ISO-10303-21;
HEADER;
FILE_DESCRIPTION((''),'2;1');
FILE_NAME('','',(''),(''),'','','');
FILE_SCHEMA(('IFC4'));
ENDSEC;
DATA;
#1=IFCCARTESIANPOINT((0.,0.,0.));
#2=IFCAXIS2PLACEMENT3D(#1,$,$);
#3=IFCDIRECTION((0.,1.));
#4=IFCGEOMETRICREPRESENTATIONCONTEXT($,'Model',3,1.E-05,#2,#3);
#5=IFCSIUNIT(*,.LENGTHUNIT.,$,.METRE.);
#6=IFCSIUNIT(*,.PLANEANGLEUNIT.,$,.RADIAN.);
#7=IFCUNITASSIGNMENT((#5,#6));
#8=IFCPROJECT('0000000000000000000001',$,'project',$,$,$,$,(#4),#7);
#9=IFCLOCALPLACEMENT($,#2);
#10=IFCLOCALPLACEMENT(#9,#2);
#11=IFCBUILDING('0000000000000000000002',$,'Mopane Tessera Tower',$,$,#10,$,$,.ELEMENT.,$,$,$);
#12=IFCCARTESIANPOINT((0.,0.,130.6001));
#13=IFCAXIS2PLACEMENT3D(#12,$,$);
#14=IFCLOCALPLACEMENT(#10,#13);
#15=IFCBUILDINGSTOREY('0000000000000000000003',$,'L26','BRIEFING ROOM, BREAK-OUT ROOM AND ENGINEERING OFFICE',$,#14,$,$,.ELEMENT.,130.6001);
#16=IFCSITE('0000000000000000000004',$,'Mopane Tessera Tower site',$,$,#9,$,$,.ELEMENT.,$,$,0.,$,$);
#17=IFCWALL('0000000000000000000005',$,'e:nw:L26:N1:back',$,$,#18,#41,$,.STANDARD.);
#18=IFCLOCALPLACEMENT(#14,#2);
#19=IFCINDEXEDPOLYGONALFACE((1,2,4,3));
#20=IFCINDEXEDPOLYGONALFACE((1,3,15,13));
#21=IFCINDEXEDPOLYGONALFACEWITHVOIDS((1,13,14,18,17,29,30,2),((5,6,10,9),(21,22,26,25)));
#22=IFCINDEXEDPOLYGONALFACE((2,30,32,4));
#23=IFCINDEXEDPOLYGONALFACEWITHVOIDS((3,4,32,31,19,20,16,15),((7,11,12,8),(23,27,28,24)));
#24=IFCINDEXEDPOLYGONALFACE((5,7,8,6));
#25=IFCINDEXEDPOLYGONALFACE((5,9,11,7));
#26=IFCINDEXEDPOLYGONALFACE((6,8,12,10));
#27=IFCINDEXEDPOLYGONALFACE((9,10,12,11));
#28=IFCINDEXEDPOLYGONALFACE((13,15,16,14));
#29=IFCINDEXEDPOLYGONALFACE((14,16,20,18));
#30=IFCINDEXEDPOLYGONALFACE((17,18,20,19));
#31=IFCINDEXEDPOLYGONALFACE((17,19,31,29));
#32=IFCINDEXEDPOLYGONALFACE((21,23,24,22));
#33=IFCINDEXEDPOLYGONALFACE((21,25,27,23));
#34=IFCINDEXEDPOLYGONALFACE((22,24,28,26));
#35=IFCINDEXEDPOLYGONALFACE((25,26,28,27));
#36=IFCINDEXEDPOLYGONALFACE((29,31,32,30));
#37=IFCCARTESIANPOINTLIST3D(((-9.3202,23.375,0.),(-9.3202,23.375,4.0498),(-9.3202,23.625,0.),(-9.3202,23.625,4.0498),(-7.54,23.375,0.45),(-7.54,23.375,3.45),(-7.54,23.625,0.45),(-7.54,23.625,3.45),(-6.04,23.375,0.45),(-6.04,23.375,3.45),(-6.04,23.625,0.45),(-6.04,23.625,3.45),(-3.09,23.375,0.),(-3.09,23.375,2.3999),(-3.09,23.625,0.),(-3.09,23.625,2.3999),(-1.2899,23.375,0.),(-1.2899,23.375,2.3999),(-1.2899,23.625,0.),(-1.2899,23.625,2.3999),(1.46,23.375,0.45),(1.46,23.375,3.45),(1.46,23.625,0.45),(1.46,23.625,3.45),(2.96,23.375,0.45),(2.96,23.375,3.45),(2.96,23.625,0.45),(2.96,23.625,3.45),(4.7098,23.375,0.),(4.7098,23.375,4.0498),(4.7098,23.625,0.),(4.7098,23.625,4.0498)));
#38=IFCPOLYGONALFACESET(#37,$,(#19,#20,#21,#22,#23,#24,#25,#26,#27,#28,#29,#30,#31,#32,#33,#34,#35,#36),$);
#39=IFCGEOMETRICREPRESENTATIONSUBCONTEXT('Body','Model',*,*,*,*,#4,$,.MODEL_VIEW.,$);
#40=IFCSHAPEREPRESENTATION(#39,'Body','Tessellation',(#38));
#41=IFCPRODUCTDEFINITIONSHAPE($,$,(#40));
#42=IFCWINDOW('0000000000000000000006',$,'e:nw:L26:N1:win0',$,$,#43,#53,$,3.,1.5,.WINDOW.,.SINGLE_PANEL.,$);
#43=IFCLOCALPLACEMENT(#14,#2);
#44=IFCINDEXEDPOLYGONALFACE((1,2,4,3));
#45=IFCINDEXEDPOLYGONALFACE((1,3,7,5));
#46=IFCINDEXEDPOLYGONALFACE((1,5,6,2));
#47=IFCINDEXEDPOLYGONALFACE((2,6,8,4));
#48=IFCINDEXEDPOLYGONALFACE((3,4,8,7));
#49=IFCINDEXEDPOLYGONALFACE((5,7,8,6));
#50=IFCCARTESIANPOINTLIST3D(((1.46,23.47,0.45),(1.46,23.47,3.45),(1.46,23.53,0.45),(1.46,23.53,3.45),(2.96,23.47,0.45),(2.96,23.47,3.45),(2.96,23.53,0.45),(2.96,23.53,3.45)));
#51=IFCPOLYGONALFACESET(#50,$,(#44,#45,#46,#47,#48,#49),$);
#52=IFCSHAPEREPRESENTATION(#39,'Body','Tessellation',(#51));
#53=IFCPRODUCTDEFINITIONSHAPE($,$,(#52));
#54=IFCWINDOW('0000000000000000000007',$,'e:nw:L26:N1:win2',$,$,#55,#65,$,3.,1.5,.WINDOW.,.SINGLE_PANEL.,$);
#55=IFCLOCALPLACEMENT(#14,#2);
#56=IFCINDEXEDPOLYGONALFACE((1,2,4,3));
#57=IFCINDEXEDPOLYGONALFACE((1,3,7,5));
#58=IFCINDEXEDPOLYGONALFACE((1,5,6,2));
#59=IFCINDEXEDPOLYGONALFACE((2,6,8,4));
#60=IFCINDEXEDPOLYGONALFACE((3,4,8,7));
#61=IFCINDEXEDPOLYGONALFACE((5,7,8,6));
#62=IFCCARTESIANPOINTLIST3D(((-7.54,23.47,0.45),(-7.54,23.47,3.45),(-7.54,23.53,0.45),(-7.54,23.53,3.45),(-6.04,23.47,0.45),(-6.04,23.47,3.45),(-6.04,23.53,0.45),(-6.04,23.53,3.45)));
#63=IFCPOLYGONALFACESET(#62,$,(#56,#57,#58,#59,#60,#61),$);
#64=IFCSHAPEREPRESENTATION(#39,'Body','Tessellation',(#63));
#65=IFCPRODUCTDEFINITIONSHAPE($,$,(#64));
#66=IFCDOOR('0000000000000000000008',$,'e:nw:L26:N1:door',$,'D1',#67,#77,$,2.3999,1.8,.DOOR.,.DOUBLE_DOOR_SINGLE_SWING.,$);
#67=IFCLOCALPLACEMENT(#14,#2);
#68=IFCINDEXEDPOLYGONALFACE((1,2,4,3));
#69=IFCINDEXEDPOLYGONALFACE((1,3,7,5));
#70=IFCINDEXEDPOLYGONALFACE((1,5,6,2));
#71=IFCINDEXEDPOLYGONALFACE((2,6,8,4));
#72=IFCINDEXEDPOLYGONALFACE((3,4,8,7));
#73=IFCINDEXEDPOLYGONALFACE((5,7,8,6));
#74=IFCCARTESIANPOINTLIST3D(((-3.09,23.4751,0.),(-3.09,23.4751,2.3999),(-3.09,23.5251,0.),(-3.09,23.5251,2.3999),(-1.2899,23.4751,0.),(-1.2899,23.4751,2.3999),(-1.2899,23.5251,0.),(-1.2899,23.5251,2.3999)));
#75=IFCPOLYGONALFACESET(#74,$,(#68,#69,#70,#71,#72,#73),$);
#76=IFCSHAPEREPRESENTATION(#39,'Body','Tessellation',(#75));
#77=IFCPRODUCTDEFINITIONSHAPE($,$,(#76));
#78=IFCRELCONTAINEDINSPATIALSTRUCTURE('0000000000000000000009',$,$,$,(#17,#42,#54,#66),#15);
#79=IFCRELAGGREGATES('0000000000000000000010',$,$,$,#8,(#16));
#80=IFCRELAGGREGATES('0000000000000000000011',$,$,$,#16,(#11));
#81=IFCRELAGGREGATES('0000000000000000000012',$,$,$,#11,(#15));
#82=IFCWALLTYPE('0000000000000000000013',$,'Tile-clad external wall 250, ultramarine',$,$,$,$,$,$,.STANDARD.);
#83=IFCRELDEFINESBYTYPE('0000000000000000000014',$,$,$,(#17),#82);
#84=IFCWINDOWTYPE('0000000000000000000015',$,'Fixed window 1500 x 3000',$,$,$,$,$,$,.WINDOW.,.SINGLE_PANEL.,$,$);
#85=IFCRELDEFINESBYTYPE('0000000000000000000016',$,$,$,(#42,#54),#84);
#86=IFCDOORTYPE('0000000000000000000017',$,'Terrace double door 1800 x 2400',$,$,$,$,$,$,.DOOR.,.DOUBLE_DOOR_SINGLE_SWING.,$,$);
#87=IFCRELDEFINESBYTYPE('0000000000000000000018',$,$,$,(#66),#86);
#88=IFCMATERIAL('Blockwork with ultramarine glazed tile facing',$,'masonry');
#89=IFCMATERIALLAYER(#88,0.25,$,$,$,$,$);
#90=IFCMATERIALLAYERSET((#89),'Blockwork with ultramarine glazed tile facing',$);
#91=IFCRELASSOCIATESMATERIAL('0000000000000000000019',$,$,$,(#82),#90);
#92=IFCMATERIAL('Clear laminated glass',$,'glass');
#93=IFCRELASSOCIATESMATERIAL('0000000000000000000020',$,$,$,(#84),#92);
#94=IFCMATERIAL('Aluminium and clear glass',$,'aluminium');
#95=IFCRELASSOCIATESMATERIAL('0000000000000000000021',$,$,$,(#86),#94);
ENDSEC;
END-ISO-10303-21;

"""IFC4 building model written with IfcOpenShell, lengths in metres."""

from ifc_helpers import new_model, si_unit, direction, frame, frame_2d, origin, place, context, subcontext, project, spatial, rectangle, extrude, material, layer, layer_set, type_object, element, fill, save


model = new_model("IFC4")

# Units and contexts
model_context = context("Model", 3, precision=1e-05, world=origin(), true_north=direction((0.0, 1.0)))
body_context = subcontext(model_context, "Body", "Model", "MODEL_VIEW")
ifc_project = project(units=[si_unit("LENGTHUNIT", "METRE"), si_unit("PLANEANGLEUNIT", "RADIAN")], contexts=[model_context])

# Site, building, storey
site_placement = place(None, origin())
site = spatial("IfcSite", under=ifc_project, at=site_placement, Name="Mopane Tessera Tower site", CompositionType="ELEMENT", RefElevation=0.0)
building_placement = place(site_placement, origin())
building = spatial("IfcBuilding", under=site, at=building_placement, Name="Mopane Tessera Tower", CompositionType="ELEMENT")
storey_placement = place(building_placement, frame((0.0, 0.0, 130.6001)))
storey = spatial("IfcBuildingStorey", under=building, at=storey_placement, Name="L26", Description="BRIEFING ROOM, BREAK-OUT ROOM AND ENGINEERING OFFICE", CompositionType="ELEMENT", Elevation=130.6001)

# Wall, openings, windows, door
ifc_material_1 = material(Name="Blockwork with ultramarine glazed tile facing", Category="masonry")
ifc_layer_1 = layer(ifc_material_1, 0.25)
ifc_layer_set_1 = layer_set([ifc_layer_1], Name="Blockwork with ultramarine glazed tile facing")
wall_type_1 = type_object("IfcWallType", Name="Tile-clad external wall 250, ultramarine", PredefinedType="STANDARD", material=ifc_layer_set_1)
wall_1_placement = place(storey_placement, frame((4.71, 23.5, 0.0), z_axis=(0.0, 0.0, 1.0), x_axis=(-1.0, 0.0, 0.0)))
wall_1 = element("IfcWall", 1, at=wall_1_placement, inside=storey, type_object=wall_type_1, Name="e:nw:L26:N1:back", PredefinedType="STANDARD", context=body_context, shape_type="SweptSolid", body=[
    extrude(rectangle(XDim=14.03, YDim=0.25, at=frame_2d((7.0151, 0.0))), origin(), (0.0, 0.0, 1.0), 4.0498),
])
opening_1_placement = place(wall_1_placement, frame((1.75, 0.0, 0.45)))
opening_1 = element("IfcOpeningElement", 2, at=opening_1_placement, cuts=wall_1, PredefinedType="OPENING", context=body_context, shape_type="SweptSolid", body=[
    extrude(rectangle(XDim=1.5, YDim=3.0, at=frame_2d((0.75, 1.5))), frame((0.0, 0.137, 0.0), z_axis=(0.0, -1.0, 0.0), x_axis=(1.0, 0.0, 0.0)), (0.0, 0.0, 1.0), 0.2739),
])
opening_2_placement = place(wall_1_placement, frame((6.0, 0.0, 0.0)))
opening_2 = element("IfcOpeningElement", 3, at=opening_2_placement, cuts=wall_1, PredefinedType="OPENING", context=body_context, shape_type="SweptSolid", body=[
    extrude(rectangle(XDim=1.8, YDim=2.3999, at=frame_2d((0.8999, 1.2))), frame((0.0, 0.137, 0.0), z_axis=(0.0, -1.0, 0.0), x_axis=(1.0, 0.0, 0.0)), (0.0, 0.0, 1.0), 0.2739),
])
opening_3_placement = place(wall_1_placement, frame((10.75, 0.0, 0.45)))
opening_3 = element("IfcOpeningElement", 4, at=opening_3_placement, cuts=wall_1, PredefinedType="OPENING", context=body_context, shape_type="SweptSolid", body=[
    extrude(rectangle(XDim=1.5, YDim=3.0, at=frame_2d((0.75, 1.5))), frame((0.0, 0.137, 0.0), z_axis=(0.0, -1.0, 0.0), x_axis=(1.0, 0.0, 0.0)), (0.0, 0.0, 1.0), 0.2739),
])
ifc_material_2 = material(Name="Clear laminated glass", Category="glass")
window_type = type_object("IfcWindowType", Name="Fixed window 1500 x 3000", PartitioningType="SINGLE_PANEL", PredefinedType="WINDOW", material=ifc_material_2)
window_1_placement = place(opening_1_placement, origin())
window_1 = element("IfcWindow", 5, at=window_1_placement, inside=storey, type_object=window_type, Name="e:nw:L26:N1:win0", OverallHeight=3.0, OverallWidth=1.5, PartitioningType="SINGLE_PANEL", PredefinedType="WINDOW", context=body_context, shape_type="SweptSolid", body=[
    extrude(rectangle(XDim=1.5, YDim=3.0, at=frame_2d((0.75, 1.5))), frame((0.0, 0.03, 0.0), z_axis=(0.0, -1.0, 0.0), x_axis=(1.0, 0.0, 0.0)), (0.0, 0.0, 1.0), 0.0601),
])
fill(opening_1, window_1)
window_2_placement = place(opening_3_placement, origin())
window_2 = element("IfcWindow", 6, at=window_2_placement, inside=storey, type_object=window_type, Name="e:nw:L26:N1:win2", OverallHeight=3.0, OverallWidth=1.5, PartitioningType="SINGLE_PANEL", PredefinedType="WINDOW", context=body_context, shape_type="SweptSolid", body=[
    extrude(rectangle(XDim=1.5, YDim=3.0, at=frame_2d((0.75, 1.5))), frame((0.0, 0.03, 0.0), z_axis=(0.0, -1.0, 0.0), x_axis=(1.0, 0.0, 0.0)), (0.0, 0.0, 1.0), 0.0601),
])
fill(opening_3, window_2)
ifc_material_3 = material(Name="Aluminium and clear glass", Category="aluminium")
door_type_1 = type_object("IfcDoorType", Name="Terrace double door 1800 x 2400", OperationType="DOUBLE_DOOR_SINGLE_SWING", PredefinedType="DOOR", material=ifc_material_3)
door_1_placement = place(opening_2_placement, origin())
door_1 = element("IfcDoor", 7, at=door_1_placement, inside=storey, type_object=door_type_1, Name="e:nw:L26:N1:door", ObjectType="D1", OperationType="DOUBLE_DOOR_SINGLE_SWING", OverallHeight=2.3999, OverallWidth=1.8, PredefinedType="DOOR", context=body_context, shape_type="SweptSolid", body=[
    extrude(rectangle(XDim=1.8, YDim=2.3999, at=frame_2d((0.8999, 1.2))), frame((0.0, 0.0249, 0.0), z_axis=(0.0, -1.0, 0.0), x_axis=(1.0, 0.0, 0.0)), (0.0, 0.0, 1.0), 0.05),
])
fill(opening_2, door_1)

save(model, "model.ifc")
